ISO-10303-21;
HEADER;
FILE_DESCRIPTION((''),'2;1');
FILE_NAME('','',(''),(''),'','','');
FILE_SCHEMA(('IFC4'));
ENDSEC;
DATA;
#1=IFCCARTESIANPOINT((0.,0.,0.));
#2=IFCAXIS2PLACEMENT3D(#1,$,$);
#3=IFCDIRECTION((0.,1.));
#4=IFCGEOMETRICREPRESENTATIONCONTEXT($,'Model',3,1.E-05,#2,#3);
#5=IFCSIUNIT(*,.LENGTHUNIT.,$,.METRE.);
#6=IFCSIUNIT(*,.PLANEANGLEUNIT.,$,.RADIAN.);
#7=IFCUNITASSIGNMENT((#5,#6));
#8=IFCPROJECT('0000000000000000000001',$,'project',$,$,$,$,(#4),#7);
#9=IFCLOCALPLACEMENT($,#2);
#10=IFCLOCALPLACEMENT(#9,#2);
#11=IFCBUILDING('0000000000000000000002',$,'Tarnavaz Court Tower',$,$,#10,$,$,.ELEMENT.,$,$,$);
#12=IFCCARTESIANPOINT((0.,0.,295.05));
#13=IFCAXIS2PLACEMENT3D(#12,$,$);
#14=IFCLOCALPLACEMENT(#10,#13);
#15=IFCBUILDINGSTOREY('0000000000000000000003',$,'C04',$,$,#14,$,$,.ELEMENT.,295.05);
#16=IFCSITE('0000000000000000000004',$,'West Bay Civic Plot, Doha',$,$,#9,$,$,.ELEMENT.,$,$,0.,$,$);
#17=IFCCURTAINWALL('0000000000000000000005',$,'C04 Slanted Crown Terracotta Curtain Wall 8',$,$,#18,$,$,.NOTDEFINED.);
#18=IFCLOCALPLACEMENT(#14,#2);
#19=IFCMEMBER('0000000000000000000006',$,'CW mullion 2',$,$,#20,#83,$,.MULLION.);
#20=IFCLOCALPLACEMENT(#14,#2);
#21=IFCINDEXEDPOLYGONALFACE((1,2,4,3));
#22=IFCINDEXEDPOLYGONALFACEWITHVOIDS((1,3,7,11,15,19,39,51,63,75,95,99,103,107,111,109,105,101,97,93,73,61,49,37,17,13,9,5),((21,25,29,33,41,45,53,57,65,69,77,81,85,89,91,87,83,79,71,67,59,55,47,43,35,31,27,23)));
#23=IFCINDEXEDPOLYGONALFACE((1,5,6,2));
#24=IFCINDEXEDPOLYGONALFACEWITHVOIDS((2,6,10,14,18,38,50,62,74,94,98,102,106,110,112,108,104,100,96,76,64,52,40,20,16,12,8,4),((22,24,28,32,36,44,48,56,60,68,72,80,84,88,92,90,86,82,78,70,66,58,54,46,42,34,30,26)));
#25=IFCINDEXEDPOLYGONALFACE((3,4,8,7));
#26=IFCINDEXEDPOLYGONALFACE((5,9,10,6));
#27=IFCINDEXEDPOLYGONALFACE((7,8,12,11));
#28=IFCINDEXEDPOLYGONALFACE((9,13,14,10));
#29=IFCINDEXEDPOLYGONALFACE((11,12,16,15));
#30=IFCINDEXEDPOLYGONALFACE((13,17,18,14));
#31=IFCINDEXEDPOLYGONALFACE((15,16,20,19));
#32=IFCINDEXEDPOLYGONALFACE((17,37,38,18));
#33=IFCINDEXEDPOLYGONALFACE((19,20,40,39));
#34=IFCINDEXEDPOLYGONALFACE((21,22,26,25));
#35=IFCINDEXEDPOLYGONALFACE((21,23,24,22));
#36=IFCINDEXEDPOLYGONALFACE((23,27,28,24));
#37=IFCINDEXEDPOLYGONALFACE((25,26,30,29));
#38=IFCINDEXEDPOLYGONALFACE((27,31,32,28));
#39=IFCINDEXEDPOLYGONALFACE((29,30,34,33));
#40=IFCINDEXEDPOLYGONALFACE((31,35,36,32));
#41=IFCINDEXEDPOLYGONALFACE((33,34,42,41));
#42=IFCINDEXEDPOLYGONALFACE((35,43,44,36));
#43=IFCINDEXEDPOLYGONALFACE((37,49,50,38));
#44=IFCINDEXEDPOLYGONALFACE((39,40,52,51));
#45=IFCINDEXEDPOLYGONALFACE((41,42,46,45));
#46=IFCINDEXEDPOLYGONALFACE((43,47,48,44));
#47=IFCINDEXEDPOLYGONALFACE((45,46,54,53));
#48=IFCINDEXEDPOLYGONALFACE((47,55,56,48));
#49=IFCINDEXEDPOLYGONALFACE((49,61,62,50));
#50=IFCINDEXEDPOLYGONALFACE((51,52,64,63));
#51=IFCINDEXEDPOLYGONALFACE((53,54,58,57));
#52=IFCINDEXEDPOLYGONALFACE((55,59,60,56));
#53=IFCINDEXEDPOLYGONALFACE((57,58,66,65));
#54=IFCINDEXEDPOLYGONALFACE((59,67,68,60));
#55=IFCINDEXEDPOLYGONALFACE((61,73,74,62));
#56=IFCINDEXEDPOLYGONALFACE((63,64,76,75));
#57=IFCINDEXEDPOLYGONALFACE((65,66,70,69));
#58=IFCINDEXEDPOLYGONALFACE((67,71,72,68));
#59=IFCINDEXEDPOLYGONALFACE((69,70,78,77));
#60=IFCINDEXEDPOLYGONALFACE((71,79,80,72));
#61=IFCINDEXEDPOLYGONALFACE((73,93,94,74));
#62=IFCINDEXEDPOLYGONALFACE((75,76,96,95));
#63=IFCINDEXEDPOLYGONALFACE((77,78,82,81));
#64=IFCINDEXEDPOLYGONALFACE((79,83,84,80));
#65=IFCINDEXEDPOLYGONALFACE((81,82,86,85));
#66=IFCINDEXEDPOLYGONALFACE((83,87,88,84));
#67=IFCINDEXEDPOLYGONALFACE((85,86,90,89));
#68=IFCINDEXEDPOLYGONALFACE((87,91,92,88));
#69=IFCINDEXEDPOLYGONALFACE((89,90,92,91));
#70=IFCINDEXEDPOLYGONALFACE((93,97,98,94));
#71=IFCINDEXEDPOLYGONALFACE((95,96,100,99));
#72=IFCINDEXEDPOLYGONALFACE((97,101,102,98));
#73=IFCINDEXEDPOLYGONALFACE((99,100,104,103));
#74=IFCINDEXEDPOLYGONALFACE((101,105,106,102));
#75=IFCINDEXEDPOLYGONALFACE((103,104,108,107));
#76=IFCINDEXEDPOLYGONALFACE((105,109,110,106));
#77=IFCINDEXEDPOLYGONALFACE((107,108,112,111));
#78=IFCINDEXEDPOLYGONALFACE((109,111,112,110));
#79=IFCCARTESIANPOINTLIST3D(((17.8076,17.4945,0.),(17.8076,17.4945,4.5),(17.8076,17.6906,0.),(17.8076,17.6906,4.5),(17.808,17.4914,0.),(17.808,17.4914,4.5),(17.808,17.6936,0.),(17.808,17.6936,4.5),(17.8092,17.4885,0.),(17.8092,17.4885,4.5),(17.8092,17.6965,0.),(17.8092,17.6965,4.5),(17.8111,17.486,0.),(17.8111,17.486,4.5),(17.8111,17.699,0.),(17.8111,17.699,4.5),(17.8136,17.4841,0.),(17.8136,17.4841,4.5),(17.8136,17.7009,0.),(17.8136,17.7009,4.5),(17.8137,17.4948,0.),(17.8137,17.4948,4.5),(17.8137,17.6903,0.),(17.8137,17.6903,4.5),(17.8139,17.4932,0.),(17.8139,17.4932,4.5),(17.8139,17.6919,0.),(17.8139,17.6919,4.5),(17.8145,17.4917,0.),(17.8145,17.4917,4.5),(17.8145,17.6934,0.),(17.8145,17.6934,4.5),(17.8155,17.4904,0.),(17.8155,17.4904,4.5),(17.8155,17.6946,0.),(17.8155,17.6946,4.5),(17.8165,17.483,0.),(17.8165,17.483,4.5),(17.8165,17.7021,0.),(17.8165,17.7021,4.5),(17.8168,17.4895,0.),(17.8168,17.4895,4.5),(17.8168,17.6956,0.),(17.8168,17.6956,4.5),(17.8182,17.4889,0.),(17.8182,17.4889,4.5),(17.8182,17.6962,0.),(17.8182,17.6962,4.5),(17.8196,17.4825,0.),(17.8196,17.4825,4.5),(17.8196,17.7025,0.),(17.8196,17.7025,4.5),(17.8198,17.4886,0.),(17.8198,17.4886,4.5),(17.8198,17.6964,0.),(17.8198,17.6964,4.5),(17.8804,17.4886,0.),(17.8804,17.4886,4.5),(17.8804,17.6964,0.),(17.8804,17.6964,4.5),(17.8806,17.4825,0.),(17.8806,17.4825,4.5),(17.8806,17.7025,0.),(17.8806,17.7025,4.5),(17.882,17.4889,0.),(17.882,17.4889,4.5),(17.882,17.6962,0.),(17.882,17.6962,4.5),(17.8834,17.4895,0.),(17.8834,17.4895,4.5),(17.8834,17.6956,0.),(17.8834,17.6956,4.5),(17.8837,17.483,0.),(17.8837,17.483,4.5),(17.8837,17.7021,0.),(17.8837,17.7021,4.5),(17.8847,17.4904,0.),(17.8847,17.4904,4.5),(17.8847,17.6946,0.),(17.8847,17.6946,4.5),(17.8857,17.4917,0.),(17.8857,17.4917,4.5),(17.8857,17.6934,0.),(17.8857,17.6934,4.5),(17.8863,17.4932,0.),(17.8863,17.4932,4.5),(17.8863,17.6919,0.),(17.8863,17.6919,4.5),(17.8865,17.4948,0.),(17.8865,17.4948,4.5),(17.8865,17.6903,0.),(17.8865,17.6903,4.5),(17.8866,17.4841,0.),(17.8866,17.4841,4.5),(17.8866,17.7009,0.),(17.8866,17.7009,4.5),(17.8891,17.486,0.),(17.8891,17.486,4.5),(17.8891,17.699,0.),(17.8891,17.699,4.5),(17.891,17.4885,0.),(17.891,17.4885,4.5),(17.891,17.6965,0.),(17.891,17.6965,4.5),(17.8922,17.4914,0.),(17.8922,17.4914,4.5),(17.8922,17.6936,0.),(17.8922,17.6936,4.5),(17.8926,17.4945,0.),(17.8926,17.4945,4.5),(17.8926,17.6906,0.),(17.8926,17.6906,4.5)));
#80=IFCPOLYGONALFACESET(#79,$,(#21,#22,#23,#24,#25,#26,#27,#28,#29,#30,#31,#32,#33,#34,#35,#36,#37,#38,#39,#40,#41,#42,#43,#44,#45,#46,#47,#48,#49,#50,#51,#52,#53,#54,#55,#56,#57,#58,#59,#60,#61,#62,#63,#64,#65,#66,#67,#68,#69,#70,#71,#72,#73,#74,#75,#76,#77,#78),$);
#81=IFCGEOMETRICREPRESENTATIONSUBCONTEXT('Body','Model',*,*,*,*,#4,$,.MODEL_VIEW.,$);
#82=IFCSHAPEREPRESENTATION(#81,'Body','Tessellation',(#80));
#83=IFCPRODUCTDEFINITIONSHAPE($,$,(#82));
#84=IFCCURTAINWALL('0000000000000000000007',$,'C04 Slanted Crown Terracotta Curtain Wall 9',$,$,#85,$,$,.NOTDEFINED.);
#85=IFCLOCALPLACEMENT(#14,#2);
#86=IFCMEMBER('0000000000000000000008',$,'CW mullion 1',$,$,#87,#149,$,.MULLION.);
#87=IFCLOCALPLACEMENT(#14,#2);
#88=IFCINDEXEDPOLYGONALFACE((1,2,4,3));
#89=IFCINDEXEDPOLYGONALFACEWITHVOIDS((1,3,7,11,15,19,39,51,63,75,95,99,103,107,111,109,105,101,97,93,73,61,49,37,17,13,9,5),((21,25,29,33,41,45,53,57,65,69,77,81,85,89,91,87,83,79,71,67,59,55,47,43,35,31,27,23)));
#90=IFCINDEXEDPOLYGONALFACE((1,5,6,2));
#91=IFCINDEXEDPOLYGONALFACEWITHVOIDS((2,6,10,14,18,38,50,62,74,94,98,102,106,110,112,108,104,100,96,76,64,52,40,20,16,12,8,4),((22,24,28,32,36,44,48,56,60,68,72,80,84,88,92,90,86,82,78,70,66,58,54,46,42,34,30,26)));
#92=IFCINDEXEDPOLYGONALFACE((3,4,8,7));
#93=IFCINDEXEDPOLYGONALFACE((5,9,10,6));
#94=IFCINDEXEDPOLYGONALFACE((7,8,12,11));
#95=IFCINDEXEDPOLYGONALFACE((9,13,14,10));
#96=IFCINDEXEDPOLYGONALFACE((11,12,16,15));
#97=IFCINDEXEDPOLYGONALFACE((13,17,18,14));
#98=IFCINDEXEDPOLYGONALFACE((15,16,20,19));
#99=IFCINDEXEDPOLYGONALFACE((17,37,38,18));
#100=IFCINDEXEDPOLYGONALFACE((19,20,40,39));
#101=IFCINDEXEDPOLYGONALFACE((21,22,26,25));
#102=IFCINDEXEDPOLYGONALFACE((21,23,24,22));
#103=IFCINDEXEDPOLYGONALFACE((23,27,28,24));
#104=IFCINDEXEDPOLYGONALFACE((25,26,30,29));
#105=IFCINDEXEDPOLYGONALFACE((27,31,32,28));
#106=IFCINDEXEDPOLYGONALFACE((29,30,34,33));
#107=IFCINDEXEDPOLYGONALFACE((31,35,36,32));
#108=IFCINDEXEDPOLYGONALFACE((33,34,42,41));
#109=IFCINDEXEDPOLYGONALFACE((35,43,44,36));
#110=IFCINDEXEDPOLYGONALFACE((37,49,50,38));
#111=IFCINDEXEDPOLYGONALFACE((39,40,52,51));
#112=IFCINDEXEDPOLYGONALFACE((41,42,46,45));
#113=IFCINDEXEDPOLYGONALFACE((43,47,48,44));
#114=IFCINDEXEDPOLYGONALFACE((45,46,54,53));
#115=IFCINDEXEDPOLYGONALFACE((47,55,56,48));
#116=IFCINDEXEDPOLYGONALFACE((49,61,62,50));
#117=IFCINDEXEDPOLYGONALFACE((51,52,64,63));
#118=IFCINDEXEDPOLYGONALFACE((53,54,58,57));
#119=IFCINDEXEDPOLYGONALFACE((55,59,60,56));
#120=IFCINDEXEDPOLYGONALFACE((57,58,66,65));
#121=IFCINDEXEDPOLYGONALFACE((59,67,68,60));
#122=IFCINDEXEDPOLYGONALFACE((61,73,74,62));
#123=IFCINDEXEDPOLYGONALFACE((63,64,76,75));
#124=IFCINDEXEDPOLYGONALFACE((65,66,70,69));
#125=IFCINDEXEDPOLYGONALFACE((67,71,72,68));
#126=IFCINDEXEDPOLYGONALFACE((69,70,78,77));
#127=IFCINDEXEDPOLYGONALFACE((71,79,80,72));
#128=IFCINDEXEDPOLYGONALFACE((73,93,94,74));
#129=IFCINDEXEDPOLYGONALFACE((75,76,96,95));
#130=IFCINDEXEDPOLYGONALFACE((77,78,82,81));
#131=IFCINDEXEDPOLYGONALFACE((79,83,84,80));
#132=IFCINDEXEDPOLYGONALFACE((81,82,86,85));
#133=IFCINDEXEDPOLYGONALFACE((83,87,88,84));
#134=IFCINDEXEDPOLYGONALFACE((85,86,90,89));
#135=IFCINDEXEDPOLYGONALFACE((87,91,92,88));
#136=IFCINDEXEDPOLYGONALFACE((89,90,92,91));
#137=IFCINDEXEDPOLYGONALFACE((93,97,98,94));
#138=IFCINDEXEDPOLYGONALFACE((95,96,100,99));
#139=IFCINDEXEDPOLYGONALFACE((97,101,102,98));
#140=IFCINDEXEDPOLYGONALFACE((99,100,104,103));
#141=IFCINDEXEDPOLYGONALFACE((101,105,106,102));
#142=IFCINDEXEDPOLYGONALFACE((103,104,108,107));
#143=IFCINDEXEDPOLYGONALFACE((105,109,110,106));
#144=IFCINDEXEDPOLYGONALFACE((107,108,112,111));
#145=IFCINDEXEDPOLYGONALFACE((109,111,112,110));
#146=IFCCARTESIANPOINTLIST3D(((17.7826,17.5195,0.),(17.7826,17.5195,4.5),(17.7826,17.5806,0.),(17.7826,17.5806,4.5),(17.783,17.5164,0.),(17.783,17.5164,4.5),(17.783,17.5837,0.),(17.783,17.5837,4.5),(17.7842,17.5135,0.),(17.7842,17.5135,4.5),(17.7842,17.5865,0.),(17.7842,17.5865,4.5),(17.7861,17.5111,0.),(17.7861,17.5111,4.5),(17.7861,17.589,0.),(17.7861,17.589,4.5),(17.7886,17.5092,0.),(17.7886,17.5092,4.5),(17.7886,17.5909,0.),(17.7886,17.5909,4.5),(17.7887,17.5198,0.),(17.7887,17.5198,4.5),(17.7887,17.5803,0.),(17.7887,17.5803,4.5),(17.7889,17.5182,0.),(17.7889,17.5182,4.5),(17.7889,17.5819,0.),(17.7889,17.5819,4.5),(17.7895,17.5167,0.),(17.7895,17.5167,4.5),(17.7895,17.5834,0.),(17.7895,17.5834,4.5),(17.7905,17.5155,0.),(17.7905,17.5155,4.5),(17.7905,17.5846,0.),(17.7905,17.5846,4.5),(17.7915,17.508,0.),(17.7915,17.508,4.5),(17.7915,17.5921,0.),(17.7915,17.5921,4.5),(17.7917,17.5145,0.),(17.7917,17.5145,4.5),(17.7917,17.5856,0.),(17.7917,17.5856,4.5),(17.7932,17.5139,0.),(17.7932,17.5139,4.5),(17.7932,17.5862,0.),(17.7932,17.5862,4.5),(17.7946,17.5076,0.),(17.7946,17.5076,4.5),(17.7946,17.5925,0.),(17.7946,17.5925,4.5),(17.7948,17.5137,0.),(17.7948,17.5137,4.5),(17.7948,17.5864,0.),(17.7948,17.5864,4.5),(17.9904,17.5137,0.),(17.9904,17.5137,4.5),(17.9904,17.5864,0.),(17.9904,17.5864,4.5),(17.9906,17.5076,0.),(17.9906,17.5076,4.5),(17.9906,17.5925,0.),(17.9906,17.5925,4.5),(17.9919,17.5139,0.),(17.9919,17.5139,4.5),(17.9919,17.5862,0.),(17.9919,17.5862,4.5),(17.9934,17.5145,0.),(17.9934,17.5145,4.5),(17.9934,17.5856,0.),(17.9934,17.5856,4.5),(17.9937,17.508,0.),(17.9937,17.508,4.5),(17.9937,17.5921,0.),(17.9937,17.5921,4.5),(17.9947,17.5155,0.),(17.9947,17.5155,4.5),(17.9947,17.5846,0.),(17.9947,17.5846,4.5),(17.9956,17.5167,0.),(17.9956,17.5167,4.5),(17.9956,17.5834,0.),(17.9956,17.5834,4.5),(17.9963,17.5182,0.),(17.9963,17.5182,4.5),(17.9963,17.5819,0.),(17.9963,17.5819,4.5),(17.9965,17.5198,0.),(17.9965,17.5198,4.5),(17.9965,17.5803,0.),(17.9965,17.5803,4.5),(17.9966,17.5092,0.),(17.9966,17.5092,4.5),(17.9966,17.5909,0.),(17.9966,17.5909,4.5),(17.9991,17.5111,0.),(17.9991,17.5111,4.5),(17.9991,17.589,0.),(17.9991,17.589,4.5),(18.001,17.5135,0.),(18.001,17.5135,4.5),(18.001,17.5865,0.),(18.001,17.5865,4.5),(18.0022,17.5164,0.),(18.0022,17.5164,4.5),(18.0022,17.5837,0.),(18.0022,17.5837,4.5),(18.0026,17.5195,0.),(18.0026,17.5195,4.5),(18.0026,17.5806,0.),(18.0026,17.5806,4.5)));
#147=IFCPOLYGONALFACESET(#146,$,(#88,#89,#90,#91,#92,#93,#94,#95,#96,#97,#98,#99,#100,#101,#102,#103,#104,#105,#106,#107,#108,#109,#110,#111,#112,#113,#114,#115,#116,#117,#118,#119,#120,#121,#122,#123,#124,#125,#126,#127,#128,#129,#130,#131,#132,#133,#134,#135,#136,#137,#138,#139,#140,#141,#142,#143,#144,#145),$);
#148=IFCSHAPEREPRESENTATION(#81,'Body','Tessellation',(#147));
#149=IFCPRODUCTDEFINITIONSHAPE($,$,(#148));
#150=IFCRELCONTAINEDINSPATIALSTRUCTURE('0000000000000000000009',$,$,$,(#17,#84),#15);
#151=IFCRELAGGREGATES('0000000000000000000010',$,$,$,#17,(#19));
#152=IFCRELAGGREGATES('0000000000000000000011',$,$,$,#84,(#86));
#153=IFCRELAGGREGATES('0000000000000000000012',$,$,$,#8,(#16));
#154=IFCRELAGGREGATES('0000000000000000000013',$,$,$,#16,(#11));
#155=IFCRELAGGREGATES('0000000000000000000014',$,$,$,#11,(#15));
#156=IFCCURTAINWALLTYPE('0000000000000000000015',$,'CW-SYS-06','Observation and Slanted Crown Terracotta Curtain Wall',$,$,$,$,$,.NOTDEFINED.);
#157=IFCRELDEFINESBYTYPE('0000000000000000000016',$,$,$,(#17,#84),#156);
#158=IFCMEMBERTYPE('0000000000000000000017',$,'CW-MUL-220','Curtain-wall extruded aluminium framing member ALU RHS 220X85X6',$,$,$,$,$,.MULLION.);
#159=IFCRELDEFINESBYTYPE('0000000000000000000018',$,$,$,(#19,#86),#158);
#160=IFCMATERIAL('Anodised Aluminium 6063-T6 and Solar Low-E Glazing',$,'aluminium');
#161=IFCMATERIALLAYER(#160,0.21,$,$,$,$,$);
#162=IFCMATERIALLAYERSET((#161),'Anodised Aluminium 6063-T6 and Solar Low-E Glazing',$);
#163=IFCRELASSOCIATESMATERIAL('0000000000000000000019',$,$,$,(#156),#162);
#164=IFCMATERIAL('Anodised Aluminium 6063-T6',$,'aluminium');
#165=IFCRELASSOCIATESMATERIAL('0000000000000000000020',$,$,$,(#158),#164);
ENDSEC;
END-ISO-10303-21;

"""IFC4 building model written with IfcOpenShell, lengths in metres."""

from ifc_helpers import new_model, si_unit, direction, frame, origin, origin_2d, place, context, subcontext, project, spatial, hollow_rectangle, extrude, material, layer, layer_set, material_profile, profile_set, type_object, element, aggregate, save


model = new_model("IFC4")

# Units and contexts
model_context = context("Model", 3, precision=1e-05, world=origin(), true_north=direction((0.0, 1.0)))
body_context = subcontext(model_context, "Body", "Model", "MODEL_VIEW")
ifc_project = project(units=[si_unit("LENGTHUNIT", "METRE"), si_unit("PLANEANGLEUNIT", "RADIAN")], contexts=[model_context])

# Site, building, storey
site_placement = place(None, origin())
site = spatial("IfcSite", under=ifc_project, at=site_placement, Name="West Bay Civic Plot, Doha", CompositionType="ELEMENT", RefElevation=0.0)
building_placement = place(site_placement, origin())
building = spatial("IfcBuilding", under=site, at=building_placement, Name="Tarnavaz Court Tower", CompositionType="ELEMENT")
storey_placement = place(building_placement, frame((0.0, 0.0, 295.05)))
storey = spatial("IfcBuildingStorey", under=building, at=storey_placement, Name="C04", CompositionType="ELEMENT", Elevation=295.05)

# Shared definitions
ifc_material_1 = material(Name="Anodised Aluminium 6063-T6 and Solar Low-E Glazing", Category="aluminium")
ifc_layer_1 = layer(ifc_material_1, 0.21)
ifc_layer_set_1 = layer_set([ifc_layer_1], Name="Anodised Aluminium 6063-T6 and Solar Low-E Glazing")
curtain_wall_type = type_object("IfcCurtainWallType", Name="CW-SYS-06", Description="Observation and Slanted Crown Terracotta Curtain Wall", PredefinedType="NOTDEFINED", material=ifc_layer_set_1)
ifc_material_2 = material(Name="Anodised Aluminium 6063-T6", Category="aluminium")
ifc_material_profile_1 = material_profile(ifc_material_2, hollow_rectangle(XDim=0.085, YDim=0.22, WallThickness=0.0061, InnerFilletRadius=0.0061, OuterFilletRadius=0.012, at=origin_2d()), Name="ALU RHS 220X85X6")
ifc_profile_set_1 = profile_set([ifc_material_profile_1], Name="Anodised Aluminium 6063-T6")
member_type_1 = type_object("IfcMemberType", Name="CW-MUL-220", Description="Curtain-wall extruded aluminium framing member ALU RHS 220X85X6", PredefinedType="MULLION", material=ifc_profile_set_1)

# Curtain walls, members
curtain_wall_1_placement = place(storey_placement, origin())
curtain_wall_1 = element("IfcCurtainWall", 1, at=curtain_wall_1_placement, inside=storey, type_object=curtain_wall_type, Name="C04 Slanted Crown Terracotta Curtain Wall 8", PredefinedType="NOTDEFINED")
member_1_placement = place(storey_placement, frame((17.8501, 17.5925, 0.0), z_axis=(0.0, 0.0, 1.0), x_axis=(1.0, 0.0, 0.0)))
member_1 = element("IfcMember", 2, at=member_1_placement, type_object=member_type_1, Name="CW mullion 2", PredefinedType="MULLION", context=body_context, shape_type="SweptSolid", body=[
    extrude(hollow_rectangle(XDim=0.085, YDim=0.22, WallThickness=0.0061, InnerFilletRadius=0.0061, OuterFilletRadius=0.012, at=origin_2d()), origin(), (0.0, 0.0, 1.0), 4.5),
])
curtain_wall_2_placement = place(storey_placement, origin())
curtain_wall_2 = element("IfcCurtainWall", 3, at=curtain_wall_2_placement, inside=storey, type_object=curtain_wall_type, Name="C04 Slanted Crown Terracotta Curtain Wall 9", PredefinedType="NOTDEFINED")
member_2_placement = place(storey_placement, frame((17.8926, 17.55, 0.0), z_axis=(0.0, 0.0, 1.0), x_axis=(0.0, 1.0, 0.0)))
member_2 = element("IfcMember", 4, at=member_2_placement, type_object=member_type_1, Name="CW mullion 1", PredefinedType="MULLION", context=body_context, shape_type="SweptSolid", body=[
    extrude(hollow_rectangle(XDim=0.085, YDim=0.22, WallThickness=0.0061, InnerFilletRadius=0.0061, OuterFilletRadius=0.012, at=origin_2d()), origin(), (0.0, 0.0, 1.0), 4.5),
])

aggregate(curtain_wall_1, [member_1])
aggregate(curtain_wall_2, [member_2])

save(model, "model.ifc")
